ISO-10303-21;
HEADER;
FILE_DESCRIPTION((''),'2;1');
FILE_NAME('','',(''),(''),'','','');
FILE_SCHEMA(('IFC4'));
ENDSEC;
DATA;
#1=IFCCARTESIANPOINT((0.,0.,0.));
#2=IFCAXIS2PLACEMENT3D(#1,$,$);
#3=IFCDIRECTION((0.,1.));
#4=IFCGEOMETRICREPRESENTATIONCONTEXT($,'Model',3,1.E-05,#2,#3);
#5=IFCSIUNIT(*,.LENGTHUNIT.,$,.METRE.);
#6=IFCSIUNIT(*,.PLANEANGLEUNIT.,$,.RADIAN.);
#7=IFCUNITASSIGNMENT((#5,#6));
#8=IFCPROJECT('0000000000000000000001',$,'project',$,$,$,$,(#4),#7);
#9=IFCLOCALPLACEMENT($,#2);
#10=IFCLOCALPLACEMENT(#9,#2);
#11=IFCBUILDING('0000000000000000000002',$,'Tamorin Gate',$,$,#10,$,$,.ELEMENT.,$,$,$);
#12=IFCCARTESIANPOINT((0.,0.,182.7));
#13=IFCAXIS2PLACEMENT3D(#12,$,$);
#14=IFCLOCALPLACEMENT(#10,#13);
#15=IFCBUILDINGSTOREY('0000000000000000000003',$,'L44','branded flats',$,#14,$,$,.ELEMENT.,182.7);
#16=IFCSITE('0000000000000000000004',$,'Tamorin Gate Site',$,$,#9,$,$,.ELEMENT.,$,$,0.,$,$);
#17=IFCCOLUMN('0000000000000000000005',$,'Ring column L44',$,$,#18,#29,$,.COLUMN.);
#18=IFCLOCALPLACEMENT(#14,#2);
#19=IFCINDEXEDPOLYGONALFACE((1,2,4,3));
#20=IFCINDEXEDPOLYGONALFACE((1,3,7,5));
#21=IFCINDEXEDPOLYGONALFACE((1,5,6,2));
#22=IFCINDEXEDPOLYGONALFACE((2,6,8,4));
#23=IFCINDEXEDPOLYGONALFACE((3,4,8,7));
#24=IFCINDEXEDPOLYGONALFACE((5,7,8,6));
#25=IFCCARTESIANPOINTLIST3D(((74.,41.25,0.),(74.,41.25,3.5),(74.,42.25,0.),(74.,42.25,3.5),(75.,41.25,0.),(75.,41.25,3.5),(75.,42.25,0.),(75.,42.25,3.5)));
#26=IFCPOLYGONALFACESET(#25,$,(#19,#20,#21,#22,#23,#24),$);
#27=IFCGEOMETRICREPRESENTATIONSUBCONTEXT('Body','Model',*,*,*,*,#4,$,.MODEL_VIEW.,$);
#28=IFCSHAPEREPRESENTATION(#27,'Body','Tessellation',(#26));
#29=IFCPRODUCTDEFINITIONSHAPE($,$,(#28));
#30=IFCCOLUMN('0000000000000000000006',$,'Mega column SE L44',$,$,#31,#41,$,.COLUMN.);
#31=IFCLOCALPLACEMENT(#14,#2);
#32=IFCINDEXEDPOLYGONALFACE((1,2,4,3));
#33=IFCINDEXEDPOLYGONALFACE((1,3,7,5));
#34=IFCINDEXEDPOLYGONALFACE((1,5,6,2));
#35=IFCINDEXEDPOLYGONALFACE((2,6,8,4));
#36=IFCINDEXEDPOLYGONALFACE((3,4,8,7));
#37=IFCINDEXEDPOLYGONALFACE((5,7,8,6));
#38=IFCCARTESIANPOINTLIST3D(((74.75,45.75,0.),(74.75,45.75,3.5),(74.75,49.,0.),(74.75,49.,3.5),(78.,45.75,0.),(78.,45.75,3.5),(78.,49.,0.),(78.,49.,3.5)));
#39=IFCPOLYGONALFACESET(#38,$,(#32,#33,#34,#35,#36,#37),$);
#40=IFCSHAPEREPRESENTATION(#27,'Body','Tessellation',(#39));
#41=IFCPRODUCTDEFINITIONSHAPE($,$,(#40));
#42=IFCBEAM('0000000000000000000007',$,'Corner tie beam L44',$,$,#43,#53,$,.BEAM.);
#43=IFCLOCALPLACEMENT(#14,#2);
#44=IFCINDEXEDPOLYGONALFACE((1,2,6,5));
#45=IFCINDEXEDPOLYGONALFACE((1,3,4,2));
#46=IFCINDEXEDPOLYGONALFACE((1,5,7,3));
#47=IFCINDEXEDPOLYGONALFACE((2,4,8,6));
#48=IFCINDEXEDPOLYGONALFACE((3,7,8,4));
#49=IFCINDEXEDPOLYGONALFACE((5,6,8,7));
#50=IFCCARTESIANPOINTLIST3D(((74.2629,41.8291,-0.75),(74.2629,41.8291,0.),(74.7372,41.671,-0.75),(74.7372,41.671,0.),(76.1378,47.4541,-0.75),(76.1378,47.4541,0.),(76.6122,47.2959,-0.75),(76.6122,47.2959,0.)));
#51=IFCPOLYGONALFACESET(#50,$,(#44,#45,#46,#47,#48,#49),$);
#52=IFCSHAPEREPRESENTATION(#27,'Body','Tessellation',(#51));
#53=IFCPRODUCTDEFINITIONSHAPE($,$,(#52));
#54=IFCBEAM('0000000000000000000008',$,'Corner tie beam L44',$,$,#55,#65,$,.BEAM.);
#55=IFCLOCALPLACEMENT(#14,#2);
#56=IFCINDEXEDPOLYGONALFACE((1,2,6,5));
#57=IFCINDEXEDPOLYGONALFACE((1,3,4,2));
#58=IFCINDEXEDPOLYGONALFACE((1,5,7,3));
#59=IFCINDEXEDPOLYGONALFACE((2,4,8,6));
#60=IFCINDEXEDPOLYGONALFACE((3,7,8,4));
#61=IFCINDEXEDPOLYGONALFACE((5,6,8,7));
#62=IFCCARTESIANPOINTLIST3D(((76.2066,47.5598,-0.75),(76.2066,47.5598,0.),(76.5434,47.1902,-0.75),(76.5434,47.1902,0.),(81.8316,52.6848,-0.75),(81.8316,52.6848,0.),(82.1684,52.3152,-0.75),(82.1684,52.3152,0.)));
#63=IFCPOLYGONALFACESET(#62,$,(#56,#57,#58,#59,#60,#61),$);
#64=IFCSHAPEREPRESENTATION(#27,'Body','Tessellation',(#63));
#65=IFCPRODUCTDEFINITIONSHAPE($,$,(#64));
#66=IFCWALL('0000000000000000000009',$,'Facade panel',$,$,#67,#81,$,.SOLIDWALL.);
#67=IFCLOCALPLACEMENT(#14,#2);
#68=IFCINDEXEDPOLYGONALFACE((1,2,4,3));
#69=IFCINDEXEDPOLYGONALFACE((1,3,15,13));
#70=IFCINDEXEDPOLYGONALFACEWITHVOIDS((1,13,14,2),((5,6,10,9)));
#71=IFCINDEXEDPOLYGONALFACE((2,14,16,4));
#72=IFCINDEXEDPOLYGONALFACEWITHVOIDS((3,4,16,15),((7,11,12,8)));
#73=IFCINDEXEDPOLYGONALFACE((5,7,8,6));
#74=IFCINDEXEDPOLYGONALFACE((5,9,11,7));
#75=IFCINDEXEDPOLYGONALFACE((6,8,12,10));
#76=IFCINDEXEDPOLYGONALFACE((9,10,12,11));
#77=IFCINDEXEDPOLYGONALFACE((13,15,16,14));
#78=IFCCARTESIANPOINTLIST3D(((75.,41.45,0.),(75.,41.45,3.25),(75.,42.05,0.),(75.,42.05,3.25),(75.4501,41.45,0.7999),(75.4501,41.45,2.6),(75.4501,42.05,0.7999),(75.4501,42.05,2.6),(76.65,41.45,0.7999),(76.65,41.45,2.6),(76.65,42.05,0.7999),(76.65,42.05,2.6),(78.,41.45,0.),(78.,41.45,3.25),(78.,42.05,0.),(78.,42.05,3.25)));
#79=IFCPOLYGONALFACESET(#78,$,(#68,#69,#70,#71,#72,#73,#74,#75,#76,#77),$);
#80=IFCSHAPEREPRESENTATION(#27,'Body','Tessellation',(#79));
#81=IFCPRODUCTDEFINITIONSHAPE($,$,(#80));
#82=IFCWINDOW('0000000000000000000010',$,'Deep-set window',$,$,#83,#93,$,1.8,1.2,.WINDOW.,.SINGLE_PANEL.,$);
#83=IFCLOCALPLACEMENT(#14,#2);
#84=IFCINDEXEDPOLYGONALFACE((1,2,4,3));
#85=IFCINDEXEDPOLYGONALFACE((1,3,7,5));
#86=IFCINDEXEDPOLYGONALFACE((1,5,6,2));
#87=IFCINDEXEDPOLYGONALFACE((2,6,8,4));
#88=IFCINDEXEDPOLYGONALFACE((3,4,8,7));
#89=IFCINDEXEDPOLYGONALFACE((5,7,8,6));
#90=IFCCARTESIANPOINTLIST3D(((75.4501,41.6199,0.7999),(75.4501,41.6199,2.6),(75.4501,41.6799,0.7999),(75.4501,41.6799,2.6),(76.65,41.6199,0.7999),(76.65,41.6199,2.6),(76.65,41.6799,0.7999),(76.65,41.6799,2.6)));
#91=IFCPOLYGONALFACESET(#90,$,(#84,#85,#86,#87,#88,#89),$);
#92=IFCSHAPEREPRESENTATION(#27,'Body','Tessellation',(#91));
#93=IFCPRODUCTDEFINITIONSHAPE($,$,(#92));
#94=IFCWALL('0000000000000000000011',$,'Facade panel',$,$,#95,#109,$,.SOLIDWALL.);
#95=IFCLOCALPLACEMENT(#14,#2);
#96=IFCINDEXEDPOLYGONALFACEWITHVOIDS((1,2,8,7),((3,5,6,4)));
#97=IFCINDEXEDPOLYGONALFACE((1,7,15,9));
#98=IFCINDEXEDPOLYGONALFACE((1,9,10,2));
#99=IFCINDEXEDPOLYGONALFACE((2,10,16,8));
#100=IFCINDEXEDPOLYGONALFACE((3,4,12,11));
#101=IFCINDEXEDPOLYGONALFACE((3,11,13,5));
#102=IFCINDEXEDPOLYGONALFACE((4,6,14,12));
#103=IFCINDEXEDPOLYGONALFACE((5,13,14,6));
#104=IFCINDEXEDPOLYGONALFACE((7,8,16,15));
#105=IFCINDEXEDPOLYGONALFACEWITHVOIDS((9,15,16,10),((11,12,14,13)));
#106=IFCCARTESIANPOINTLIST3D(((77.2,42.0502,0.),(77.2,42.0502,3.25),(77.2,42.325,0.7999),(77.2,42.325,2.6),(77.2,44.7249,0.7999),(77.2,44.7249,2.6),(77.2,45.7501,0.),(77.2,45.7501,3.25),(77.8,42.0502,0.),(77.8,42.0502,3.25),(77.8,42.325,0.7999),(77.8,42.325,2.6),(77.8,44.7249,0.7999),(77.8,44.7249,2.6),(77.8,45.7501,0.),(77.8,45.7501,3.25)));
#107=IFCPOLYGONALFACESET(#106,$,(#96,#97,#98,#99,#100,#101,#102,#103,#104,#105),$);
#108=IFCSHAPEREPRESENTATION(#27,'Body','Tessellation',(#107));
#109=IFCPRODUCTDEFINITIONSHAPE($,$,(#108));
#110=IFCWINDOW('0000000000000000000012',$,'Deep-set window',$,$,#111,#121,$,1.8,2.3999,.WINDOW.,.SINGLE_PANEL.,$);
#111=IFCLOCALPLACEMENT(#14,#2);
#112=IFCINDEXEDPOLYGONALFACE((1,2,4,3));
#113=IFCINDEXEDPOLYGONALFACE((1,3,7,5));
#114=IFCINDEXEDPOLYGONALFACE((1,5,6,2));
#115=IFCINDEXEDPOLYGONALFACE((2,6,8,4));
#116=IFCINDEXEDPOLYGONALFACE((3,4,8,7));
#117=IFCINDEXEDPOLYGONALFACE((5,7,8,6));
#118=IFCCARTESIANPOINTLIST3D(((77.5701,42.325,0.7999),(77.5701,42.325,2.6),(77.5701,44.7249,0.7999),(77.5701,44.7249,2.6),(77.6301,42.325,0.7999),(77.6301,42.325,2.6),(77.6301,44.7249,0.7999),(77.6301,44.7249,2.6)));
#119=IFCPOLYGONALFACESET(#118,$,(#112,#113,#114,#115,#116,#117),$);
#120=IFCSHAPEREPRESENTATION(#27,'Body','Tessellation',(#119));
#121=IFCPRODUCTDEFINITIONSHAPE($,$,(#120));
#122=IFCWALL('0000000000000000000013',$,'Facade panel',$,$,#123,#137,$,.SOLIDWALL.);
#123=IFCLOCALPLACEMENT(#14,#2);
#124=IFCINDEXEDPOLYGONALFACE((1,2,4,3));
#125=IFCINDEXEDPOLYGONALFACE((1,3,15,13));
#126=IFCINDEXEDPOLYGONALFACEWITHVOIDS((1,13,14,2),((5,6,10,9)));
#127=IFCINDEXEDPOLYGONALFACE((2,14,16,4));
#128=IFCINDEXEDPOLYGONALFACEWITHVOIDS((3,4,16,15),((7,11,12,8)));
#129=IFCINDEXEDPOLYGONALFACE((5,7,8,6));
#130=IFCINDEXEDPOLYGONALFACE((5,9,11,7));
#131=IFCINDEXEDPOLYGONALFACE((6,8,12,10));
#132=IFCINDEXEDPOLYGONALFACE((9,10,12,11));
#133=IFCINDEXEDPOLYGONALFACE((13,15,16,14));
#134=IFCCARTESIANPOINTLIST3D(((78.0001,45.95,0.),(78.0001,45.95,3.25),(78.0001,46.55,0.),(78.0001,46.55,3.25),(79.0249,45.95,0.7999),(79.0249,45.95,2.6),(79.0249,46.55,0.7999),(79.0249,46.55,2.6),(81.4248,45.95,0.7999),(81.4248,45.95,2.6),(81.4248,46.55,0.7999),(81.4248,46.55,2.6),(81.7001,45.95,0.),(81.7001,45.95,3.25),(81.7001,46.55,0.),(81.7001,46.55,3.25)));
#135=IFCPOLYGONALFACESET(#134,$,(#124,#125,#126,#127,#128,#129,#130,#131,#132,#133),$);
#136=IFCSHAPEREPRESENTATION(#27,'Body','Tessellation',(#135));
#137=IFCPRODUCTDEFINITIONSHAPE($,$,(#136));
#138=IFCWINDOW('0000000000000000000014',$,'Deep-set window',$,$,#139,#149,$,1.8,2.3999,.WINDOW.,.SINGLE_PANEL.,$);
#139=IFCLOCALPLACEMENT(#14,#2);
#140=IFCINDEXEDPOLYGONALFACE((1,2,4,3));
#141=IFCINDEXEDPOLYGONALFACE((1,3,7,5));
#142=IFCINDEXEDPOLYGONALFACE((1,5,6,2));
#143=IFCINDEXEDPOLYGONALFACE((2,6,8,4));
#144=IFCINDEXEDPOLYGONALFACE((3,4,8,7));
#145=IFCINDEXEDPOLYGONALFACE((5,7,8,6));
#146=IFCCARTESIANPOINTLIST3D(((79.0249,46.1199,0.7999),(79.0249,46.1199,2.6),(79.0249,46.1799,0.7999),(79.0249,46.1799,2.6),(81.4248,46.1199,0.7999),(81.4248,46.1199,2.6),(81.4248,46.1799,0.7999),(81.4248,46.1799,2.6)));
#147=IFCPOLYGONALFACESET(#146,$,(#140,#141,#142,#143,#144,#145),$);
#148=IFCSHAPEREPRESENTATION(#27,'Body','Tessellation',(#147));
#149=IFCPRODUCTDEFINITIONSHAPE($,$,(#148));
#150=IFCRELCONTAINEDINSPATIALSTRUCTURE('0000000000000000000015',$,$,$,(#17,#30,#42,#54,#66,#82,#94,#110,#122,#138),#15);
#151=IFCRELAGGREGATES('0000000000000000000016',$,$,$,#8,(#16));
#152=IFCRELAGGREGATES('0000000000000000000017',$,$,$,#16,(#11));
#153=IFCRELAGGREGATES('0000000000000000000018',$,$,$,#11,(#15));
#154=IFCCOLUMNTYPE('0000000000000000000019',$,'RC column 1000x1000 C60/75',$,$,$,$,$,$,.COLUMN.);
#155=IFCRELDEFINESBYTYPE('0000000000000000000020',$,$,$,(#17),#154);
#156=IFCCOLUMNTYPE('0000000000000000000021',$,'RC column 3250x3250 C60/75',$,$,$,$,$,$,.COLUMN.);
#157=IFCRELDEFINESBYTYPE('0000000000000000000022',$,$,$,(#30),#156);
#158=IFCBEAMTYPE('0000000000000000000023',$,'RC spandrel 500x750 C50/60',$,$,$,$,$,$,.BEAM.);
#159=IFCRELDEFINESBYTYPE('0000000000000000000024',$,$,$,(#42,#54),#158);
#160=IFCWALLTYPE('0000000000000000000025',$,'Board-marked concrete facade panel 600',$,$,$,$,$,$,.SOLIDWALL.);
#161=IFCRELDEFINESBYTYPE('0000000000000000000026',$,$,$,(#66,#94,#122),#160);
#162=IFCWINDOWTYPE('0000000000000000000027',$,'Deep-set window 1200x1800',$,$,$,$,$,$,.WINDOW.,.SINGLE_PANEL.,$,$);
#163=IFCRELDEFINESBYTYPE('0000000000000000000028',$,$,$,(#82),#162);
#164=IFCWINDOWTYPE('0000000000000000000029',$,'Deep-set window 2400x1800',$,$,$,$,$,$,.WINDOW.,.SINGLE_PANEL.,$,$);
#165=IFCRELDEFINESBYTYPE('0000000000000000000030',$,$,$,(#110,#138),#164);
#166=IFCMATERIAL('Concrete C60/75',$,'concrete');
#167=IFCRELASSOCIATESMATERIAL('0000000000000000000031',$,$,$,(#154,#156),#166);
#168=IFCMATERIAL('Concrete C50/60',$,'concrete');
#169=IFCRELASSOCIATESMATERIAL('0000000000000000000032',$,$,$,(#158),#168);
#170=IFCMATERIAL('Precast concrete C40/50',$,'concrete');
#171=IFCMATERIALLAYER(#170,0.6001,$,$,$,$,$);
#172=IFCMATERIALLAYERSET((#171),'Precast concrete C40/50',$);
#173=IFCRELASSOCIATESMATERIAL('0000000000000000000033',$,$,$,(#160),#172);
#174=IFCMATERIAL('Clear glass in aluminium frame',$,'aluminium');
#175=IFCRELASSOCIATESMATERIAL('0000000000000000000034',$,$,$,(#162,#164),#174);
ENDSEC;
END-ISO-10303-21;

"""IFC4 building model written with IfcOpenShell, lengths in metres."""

from ifc_helpers import new_model, si_unit, direction, frame, frame_2d, origin, origin_2d, place, context, subcontext, project, spatial, rectangle, extrude, material, layer, layer_set, material_profile, profile_set, type_object, element, fill, save


model = new_model("IFC4")

# Units and contexts
model_context = context("Model", 3, precision=1e-05, world=origin(), true_north=direction((0.0, 1.0)))
body_context = subcontext(model_context, "Body", "Model", "MODEL_VIEW")
ifc_project = project(units=[si_unit("LENGTHUNIT", "METRE"), si_unit("PLANEANGLEUNIT", "RADIAN")], contexts=[model_context])

# Site, building, storey
site_placement = place(None, origin())
site = spatial("IfcSite", under=ifc_project, at=site_placement, Name="Tamorin Gate Site", CompositionType="ELEMENT", RefElevation=0.0)
building_placement = place(site_placement, origin())
building = spatial("IfcBuilding", under=site, at=building_placement, Name="Tamorin Gate", CompositionType="ELEMENT")
storey_placement = place(building_placement, frame((0.0, 0.0, 182.7)))
storey = spatial("IfcBuildingStorey", under=building, at=storey_placement, Name="L44", Description="branded flats", CompositionType="ELEMENT", Elevation=182.7)

# Columns
ifc_material_1 = material(Name="Concrete C60/75", Category="concrete")
ifc_material_profile_1 = material_profile(ifc_material_1, rectangle(XDim=1.0, YDim=1.0, at=origin_2d()), Name="RC 1000x1000")
ifc_profile_set_1 = profile_set([ifc_material_profile_1], Name="Concrete C60/75")
column_type_1 = type_object("IfcColumnType", Name="RC column 1000x1000 C60/75", PredefinedType="COLUMN", material=ifc_profile_set_1)
column_1_placement = place(storey_placement, frame((74.5, 41.75, 0.0), z_axis=(0.0, 0.0, 1.0), x_axis=(1.0, 0.0, 0.0)))
element("IfcColumn", 1, at=column_1_placement, inside=storey, type_object=column_type_1, Name="Ring column L44", PredefinedType="COLUMN", context=body_context, shape_type="SweptSolid", body=[
    extrude(rectangle(XDim=1.0, YDim=1.0, at=origin_2d()), origin(), (0.0, 0.0, 1.0), 3.5),
])
ifc_material_profile_2 = material_profile(ifc_material_1, rectangle(XDim=3.25, YDim=3.25, at=origin_2d()), Name="RC 3250x3250")
ifc_profile_set_2 = profile_set([ifc_material_profile_2], Name="Concrete C60/75")
column_type_2 = type_object("IfcColumnType", Name="RC column 3250x3250 C60/75", PredefinedType="COLUMN", material=ifc_profile_set_2)
column_2_placement = place(storey_placement, frame((76.375, 47.375, 0.0), z_axis=(0.0, 0.0, 1.0), x_axis=(1.0, 0.0, 0.0)))
element("IfcColumn", 2, at=column_2_placement, inside=storey, type_object=column_type_2, Name="Mega column SE L44", PredefinedType="COLUMN", context=body_context, shape_type="SweptSolid", body=[
    extrude(rectangle(XDim=3.25, YDim=3.25, at=origin_2d()), origin(), (0.0, 0.0, 1.0), 3.5),
])

# Beams
ifc_material_2 = material(Name="Concrete C50/60", Category="concrete")
ifc_material_profile_3 = material_profile(ifc_material_2, rectangle(XDim=0.5, YDim=0.75, at=origin_2d()), Name="RC 500x750")
ifc_profile_set_3 = profile_set([ifc_material_profile_3], Name="Concrete C50/60")
beam_type = type_object("IfcBeamType", Name="RC spandrel 500x750 C50/60", PredefinedType="BEAM", material=ifc_profile_set_3)
beam_1_placement = place(storey_placement, frame((76.375, 47.375, -0.375), z_axis=(-0.316228, -0.948683, 0.0), x_axis=(0.948683, -0.316228, 0.0)))
element("IfcBeam", 3, at=beam_1_placement, inside=storey, type_object=beam_type, Name="Corner tie beam L44", PredefinedType="BEAM", context=body_context, shape_type="SweptSolid", body=[
    extrude(rectangle(XDim=0.5, YDim=0.75, at=origin_2d()), origin(), (0.0, 0.0, 1.0), 5.9292),
])
beam_2_placement = place(storey_placement, frame((76.375, 47.375, -0.375), z_axis=(0.739196, 0.67349, 0.0), x_axis=(-0.67349, 0.739196, 0.0)))
element("IfcBeam", 4, at=beam_2_placement, inside=storey, type_object=beam_type, Name="Corner tie beam L44", PredefinedType="BEAM", context=body_context, shape_type="SweptSolid", body=[
    extrude(rectangle(XDim=0.5, YDim=0.75, at=origin_2d()), origin(), (0.0, 0.0, 1.0), 7.6096),
])

# Walls, openings, windows
ifc_material_3 = material(Name="Precast concrete C40/50", Category="concrete")
ifc_layer = layer(ifc_material_3, 0.6001)
ifc_layer_set = layer_set([ifc_layer], Name="Precast concrete C40/50")
wall_type = type_object("IfcWallType", Name="Board-marked concrete facade panel 600", PredefinedType="SOLIDWALL", material=ifc_layer_set)
wall_1_placement = place(storey_placement, frame((75.0, 41.75, 0.0), z_axis=(0.0, 0.0, 1.0), x_axis=(1.0, 0.0, 0.0)))
wall_1 = element("IfcWall", 5, at=wall_1_placement, inside=storey, type_object=wall_type, Name="Facade panel", PredefinedType="SOLIDWALL", context=body_context, shape_type="SweptSolid", body=[
    extrude(rectangle(XDim=3.0, YDim=0.6001, at=frame_2d((1.5, 0.0))), origin(), (0.0, 0.0, 1.0), 3.25),
])
opening_1_placement = place(wall_1_placement, frame((0.45, 0.0, 0.8)))
opening_1 = element("IfcOpeningElement", 6, at=opening_1_placement, cuts=wall_1, PredefinedType="OPENING", context=body_context, shape_type="SweptSolid", body=[
    extrude(rectangle(XDim=1.2, YDim=1.8, at=frame_2d((0.6001, 0.8999))), frame((0.0, 0.3101, 0.0), z_axis=(0.0, -1.0, 0.0), x_axis=(1.0, 0.0, 0.0)), (0.0, 0.0, 1.0), 0.6201),
])
ifc_material_4 = material(Name="Clear glass in aluminium frame", Category="aluminium")
window_type_1 = type_object("IfcWindowType", Name="Deep-set window 1200x1800", PartitioningType="SINGLE_PANEL", PredefinedType="WINDOW", material=ifc_material_4)
window_1_placement = place(opening_1_placement, origin())
window_1 = element("IfcWindow", 7, at=window_1_placement, inside=storey, type_object=window_type_1, Name="Deep-set window", OverallHeight=1.8, OverallWidth=1.2, PartitioningType="SINGLE_PANEL", PredefinedType="WINDOW", context=body_context, shape_type="SweptSolid", body=[
    extrude(rectangle(XDim=1.2, YDim=1.8, at=frame_2d((0.6001, 0.8999))), frame((0.0, -0.0701, 0.0), z_axis=(0.0, -1.0, 0.0), x_axis=(1.0, 0.0, 0.0)), (0.0, 0.0, 1.0), 0.0601),
])
fill(opening_1, window_1)
wall_2_placement = place(storey_placement, frame((77.5, 42.05, 0.0), z_axis=(0.0, 0.0, 1.0), x_axis=(0.0, 1.0, 0.0)))
wall_2 = element("IfcWall", 8, at=wall_2_placement, inside=storey, type_object=wall_type, Name="Facade panel", PredefinedType="SOLIDWALL", context=body_context, shape_type="SweptSolid", body=[
    extrude(rectangle(XDim=3.7, YDim=0.6001, at=frame_2d((1.8501, 0.0))), origin(), (0.0, 0.0, 1.0), 3.25),
])
opening_2_placement = place(wall_2_placement, frame((0.2749, 0.0, 0.8)))
opening_2 = element("IfcOpeningElement", 9, at=opening_2_placement, cuts=wall_2, PredefinedType="OPENING", context=body_context, shape_type="SweptSolid", body=[
    extrude(rectangle(XDim=2.3999, YDim=1.8, at=frame_2d((1.2, 0.8999))), frame((0.0, 0.3101, 0.0), z_axis=(0.0, -1.0, 0.0), x_axis=(1.0, 0.0, 0.0)), (0.0, 0.0, 1.0), 0.6201),
])
window_type_2 = type_object("IfcWindowType", Name="Deep-set window 2400x1800", PartitioningType="SINGLE_PANEL", PredefinedType="WINDOW", material=ifc_material_4)
window_2_placement = place(opening_2_placement, origin())
window_2 = element("IfcWindow", 10, at=window_2_placement, inside=storey, type_object=window_type_2, Name="Deep-set window", OverallHeight=1.8, OverallWidth=2.3999, PartitioningType="SINGLE_PANEL", PredefinedType="WINDOW", context=body_context, shape_type="SweptSolid", body=[
    extrude(rectangle(XDim=2.3999, YDim=1.8, at=frame_2d((1.2, 0.8999))), frame((0.0, -0.0701, 0.0), z_axis=(0.0, -1.0, 0.0), x_axis=(1.0, 0.0, 0.0)), (0.0, 0.0, 1.0), 0.0601),
])
fill(opening_2, window_2)
wall_3_placement = place(storey_placement, frame((78.0, 46.25, 0.0), z_axis=(0.0, 0.0, 1.0), x_axis=(1.0, 0.0, 0.0)))
wall_3 = element("IfcWall", 11, at=wall_3_placement, inside=storey, type_object=wall_type, Name="Facade panel", PredefinedType="SOLIDWALL", context=body_context, shape_type="SweptSolid", body=[
    extrude(rectangle(XDim=3.7, YDim=0.6001, at=frame_2d((1.8501, 0.0))), origin(), (0.0, 0.0, 1.0), 3.25),
])
opening_3_placement = place(wall_3_placement, frame((1.0249, 0.0, 0.8)))
opening_3 = element("IfcOpeningElement", 12, at=opening_3_placement, cuts=wall_3, PredefinedType="OPENING", context=body_context, shape_type="SweptSolid", body=[
    extrude(rectangle(XDim=2.3999, YDim=1.8, at=frame_2d((1.2, 0.8999))), frame((0.0, 0.3101, 0.0), z_axis=(0.0, -1.0, 0.0), x_axis=(1.0, 0.0, 0.0)), (0.0, 0.0, 1.0), 0.6201),
])
window_3_placement = place(opening_3_placement, origin())
window_3 = element("IfcWindow", 13, at=window_3_placement, inside=storey, type_object=window_type_2, Name="Deep-set window", OverallHeight=1.8, OverallWidth=2.3999, PartitioningType="SINGLE_PANEL", PredefinedType="WINDOW", context=body_context, shape_type="SweptSolid", body=[
    extrude(rectangle(XDim=2.3999, YDim=1.8, at=frame_2d((1.2, 0.8999))), frame((0.0, -0.0701, 0.0), z_axis=(0.0, -1.0, 0.0), x_axis=(1.0, 0.0, 0.0)), (0.0, 0.0, 1.0), 0.0601),
])
fill(opening_3, window_3)

save(model, "model.ifc")
